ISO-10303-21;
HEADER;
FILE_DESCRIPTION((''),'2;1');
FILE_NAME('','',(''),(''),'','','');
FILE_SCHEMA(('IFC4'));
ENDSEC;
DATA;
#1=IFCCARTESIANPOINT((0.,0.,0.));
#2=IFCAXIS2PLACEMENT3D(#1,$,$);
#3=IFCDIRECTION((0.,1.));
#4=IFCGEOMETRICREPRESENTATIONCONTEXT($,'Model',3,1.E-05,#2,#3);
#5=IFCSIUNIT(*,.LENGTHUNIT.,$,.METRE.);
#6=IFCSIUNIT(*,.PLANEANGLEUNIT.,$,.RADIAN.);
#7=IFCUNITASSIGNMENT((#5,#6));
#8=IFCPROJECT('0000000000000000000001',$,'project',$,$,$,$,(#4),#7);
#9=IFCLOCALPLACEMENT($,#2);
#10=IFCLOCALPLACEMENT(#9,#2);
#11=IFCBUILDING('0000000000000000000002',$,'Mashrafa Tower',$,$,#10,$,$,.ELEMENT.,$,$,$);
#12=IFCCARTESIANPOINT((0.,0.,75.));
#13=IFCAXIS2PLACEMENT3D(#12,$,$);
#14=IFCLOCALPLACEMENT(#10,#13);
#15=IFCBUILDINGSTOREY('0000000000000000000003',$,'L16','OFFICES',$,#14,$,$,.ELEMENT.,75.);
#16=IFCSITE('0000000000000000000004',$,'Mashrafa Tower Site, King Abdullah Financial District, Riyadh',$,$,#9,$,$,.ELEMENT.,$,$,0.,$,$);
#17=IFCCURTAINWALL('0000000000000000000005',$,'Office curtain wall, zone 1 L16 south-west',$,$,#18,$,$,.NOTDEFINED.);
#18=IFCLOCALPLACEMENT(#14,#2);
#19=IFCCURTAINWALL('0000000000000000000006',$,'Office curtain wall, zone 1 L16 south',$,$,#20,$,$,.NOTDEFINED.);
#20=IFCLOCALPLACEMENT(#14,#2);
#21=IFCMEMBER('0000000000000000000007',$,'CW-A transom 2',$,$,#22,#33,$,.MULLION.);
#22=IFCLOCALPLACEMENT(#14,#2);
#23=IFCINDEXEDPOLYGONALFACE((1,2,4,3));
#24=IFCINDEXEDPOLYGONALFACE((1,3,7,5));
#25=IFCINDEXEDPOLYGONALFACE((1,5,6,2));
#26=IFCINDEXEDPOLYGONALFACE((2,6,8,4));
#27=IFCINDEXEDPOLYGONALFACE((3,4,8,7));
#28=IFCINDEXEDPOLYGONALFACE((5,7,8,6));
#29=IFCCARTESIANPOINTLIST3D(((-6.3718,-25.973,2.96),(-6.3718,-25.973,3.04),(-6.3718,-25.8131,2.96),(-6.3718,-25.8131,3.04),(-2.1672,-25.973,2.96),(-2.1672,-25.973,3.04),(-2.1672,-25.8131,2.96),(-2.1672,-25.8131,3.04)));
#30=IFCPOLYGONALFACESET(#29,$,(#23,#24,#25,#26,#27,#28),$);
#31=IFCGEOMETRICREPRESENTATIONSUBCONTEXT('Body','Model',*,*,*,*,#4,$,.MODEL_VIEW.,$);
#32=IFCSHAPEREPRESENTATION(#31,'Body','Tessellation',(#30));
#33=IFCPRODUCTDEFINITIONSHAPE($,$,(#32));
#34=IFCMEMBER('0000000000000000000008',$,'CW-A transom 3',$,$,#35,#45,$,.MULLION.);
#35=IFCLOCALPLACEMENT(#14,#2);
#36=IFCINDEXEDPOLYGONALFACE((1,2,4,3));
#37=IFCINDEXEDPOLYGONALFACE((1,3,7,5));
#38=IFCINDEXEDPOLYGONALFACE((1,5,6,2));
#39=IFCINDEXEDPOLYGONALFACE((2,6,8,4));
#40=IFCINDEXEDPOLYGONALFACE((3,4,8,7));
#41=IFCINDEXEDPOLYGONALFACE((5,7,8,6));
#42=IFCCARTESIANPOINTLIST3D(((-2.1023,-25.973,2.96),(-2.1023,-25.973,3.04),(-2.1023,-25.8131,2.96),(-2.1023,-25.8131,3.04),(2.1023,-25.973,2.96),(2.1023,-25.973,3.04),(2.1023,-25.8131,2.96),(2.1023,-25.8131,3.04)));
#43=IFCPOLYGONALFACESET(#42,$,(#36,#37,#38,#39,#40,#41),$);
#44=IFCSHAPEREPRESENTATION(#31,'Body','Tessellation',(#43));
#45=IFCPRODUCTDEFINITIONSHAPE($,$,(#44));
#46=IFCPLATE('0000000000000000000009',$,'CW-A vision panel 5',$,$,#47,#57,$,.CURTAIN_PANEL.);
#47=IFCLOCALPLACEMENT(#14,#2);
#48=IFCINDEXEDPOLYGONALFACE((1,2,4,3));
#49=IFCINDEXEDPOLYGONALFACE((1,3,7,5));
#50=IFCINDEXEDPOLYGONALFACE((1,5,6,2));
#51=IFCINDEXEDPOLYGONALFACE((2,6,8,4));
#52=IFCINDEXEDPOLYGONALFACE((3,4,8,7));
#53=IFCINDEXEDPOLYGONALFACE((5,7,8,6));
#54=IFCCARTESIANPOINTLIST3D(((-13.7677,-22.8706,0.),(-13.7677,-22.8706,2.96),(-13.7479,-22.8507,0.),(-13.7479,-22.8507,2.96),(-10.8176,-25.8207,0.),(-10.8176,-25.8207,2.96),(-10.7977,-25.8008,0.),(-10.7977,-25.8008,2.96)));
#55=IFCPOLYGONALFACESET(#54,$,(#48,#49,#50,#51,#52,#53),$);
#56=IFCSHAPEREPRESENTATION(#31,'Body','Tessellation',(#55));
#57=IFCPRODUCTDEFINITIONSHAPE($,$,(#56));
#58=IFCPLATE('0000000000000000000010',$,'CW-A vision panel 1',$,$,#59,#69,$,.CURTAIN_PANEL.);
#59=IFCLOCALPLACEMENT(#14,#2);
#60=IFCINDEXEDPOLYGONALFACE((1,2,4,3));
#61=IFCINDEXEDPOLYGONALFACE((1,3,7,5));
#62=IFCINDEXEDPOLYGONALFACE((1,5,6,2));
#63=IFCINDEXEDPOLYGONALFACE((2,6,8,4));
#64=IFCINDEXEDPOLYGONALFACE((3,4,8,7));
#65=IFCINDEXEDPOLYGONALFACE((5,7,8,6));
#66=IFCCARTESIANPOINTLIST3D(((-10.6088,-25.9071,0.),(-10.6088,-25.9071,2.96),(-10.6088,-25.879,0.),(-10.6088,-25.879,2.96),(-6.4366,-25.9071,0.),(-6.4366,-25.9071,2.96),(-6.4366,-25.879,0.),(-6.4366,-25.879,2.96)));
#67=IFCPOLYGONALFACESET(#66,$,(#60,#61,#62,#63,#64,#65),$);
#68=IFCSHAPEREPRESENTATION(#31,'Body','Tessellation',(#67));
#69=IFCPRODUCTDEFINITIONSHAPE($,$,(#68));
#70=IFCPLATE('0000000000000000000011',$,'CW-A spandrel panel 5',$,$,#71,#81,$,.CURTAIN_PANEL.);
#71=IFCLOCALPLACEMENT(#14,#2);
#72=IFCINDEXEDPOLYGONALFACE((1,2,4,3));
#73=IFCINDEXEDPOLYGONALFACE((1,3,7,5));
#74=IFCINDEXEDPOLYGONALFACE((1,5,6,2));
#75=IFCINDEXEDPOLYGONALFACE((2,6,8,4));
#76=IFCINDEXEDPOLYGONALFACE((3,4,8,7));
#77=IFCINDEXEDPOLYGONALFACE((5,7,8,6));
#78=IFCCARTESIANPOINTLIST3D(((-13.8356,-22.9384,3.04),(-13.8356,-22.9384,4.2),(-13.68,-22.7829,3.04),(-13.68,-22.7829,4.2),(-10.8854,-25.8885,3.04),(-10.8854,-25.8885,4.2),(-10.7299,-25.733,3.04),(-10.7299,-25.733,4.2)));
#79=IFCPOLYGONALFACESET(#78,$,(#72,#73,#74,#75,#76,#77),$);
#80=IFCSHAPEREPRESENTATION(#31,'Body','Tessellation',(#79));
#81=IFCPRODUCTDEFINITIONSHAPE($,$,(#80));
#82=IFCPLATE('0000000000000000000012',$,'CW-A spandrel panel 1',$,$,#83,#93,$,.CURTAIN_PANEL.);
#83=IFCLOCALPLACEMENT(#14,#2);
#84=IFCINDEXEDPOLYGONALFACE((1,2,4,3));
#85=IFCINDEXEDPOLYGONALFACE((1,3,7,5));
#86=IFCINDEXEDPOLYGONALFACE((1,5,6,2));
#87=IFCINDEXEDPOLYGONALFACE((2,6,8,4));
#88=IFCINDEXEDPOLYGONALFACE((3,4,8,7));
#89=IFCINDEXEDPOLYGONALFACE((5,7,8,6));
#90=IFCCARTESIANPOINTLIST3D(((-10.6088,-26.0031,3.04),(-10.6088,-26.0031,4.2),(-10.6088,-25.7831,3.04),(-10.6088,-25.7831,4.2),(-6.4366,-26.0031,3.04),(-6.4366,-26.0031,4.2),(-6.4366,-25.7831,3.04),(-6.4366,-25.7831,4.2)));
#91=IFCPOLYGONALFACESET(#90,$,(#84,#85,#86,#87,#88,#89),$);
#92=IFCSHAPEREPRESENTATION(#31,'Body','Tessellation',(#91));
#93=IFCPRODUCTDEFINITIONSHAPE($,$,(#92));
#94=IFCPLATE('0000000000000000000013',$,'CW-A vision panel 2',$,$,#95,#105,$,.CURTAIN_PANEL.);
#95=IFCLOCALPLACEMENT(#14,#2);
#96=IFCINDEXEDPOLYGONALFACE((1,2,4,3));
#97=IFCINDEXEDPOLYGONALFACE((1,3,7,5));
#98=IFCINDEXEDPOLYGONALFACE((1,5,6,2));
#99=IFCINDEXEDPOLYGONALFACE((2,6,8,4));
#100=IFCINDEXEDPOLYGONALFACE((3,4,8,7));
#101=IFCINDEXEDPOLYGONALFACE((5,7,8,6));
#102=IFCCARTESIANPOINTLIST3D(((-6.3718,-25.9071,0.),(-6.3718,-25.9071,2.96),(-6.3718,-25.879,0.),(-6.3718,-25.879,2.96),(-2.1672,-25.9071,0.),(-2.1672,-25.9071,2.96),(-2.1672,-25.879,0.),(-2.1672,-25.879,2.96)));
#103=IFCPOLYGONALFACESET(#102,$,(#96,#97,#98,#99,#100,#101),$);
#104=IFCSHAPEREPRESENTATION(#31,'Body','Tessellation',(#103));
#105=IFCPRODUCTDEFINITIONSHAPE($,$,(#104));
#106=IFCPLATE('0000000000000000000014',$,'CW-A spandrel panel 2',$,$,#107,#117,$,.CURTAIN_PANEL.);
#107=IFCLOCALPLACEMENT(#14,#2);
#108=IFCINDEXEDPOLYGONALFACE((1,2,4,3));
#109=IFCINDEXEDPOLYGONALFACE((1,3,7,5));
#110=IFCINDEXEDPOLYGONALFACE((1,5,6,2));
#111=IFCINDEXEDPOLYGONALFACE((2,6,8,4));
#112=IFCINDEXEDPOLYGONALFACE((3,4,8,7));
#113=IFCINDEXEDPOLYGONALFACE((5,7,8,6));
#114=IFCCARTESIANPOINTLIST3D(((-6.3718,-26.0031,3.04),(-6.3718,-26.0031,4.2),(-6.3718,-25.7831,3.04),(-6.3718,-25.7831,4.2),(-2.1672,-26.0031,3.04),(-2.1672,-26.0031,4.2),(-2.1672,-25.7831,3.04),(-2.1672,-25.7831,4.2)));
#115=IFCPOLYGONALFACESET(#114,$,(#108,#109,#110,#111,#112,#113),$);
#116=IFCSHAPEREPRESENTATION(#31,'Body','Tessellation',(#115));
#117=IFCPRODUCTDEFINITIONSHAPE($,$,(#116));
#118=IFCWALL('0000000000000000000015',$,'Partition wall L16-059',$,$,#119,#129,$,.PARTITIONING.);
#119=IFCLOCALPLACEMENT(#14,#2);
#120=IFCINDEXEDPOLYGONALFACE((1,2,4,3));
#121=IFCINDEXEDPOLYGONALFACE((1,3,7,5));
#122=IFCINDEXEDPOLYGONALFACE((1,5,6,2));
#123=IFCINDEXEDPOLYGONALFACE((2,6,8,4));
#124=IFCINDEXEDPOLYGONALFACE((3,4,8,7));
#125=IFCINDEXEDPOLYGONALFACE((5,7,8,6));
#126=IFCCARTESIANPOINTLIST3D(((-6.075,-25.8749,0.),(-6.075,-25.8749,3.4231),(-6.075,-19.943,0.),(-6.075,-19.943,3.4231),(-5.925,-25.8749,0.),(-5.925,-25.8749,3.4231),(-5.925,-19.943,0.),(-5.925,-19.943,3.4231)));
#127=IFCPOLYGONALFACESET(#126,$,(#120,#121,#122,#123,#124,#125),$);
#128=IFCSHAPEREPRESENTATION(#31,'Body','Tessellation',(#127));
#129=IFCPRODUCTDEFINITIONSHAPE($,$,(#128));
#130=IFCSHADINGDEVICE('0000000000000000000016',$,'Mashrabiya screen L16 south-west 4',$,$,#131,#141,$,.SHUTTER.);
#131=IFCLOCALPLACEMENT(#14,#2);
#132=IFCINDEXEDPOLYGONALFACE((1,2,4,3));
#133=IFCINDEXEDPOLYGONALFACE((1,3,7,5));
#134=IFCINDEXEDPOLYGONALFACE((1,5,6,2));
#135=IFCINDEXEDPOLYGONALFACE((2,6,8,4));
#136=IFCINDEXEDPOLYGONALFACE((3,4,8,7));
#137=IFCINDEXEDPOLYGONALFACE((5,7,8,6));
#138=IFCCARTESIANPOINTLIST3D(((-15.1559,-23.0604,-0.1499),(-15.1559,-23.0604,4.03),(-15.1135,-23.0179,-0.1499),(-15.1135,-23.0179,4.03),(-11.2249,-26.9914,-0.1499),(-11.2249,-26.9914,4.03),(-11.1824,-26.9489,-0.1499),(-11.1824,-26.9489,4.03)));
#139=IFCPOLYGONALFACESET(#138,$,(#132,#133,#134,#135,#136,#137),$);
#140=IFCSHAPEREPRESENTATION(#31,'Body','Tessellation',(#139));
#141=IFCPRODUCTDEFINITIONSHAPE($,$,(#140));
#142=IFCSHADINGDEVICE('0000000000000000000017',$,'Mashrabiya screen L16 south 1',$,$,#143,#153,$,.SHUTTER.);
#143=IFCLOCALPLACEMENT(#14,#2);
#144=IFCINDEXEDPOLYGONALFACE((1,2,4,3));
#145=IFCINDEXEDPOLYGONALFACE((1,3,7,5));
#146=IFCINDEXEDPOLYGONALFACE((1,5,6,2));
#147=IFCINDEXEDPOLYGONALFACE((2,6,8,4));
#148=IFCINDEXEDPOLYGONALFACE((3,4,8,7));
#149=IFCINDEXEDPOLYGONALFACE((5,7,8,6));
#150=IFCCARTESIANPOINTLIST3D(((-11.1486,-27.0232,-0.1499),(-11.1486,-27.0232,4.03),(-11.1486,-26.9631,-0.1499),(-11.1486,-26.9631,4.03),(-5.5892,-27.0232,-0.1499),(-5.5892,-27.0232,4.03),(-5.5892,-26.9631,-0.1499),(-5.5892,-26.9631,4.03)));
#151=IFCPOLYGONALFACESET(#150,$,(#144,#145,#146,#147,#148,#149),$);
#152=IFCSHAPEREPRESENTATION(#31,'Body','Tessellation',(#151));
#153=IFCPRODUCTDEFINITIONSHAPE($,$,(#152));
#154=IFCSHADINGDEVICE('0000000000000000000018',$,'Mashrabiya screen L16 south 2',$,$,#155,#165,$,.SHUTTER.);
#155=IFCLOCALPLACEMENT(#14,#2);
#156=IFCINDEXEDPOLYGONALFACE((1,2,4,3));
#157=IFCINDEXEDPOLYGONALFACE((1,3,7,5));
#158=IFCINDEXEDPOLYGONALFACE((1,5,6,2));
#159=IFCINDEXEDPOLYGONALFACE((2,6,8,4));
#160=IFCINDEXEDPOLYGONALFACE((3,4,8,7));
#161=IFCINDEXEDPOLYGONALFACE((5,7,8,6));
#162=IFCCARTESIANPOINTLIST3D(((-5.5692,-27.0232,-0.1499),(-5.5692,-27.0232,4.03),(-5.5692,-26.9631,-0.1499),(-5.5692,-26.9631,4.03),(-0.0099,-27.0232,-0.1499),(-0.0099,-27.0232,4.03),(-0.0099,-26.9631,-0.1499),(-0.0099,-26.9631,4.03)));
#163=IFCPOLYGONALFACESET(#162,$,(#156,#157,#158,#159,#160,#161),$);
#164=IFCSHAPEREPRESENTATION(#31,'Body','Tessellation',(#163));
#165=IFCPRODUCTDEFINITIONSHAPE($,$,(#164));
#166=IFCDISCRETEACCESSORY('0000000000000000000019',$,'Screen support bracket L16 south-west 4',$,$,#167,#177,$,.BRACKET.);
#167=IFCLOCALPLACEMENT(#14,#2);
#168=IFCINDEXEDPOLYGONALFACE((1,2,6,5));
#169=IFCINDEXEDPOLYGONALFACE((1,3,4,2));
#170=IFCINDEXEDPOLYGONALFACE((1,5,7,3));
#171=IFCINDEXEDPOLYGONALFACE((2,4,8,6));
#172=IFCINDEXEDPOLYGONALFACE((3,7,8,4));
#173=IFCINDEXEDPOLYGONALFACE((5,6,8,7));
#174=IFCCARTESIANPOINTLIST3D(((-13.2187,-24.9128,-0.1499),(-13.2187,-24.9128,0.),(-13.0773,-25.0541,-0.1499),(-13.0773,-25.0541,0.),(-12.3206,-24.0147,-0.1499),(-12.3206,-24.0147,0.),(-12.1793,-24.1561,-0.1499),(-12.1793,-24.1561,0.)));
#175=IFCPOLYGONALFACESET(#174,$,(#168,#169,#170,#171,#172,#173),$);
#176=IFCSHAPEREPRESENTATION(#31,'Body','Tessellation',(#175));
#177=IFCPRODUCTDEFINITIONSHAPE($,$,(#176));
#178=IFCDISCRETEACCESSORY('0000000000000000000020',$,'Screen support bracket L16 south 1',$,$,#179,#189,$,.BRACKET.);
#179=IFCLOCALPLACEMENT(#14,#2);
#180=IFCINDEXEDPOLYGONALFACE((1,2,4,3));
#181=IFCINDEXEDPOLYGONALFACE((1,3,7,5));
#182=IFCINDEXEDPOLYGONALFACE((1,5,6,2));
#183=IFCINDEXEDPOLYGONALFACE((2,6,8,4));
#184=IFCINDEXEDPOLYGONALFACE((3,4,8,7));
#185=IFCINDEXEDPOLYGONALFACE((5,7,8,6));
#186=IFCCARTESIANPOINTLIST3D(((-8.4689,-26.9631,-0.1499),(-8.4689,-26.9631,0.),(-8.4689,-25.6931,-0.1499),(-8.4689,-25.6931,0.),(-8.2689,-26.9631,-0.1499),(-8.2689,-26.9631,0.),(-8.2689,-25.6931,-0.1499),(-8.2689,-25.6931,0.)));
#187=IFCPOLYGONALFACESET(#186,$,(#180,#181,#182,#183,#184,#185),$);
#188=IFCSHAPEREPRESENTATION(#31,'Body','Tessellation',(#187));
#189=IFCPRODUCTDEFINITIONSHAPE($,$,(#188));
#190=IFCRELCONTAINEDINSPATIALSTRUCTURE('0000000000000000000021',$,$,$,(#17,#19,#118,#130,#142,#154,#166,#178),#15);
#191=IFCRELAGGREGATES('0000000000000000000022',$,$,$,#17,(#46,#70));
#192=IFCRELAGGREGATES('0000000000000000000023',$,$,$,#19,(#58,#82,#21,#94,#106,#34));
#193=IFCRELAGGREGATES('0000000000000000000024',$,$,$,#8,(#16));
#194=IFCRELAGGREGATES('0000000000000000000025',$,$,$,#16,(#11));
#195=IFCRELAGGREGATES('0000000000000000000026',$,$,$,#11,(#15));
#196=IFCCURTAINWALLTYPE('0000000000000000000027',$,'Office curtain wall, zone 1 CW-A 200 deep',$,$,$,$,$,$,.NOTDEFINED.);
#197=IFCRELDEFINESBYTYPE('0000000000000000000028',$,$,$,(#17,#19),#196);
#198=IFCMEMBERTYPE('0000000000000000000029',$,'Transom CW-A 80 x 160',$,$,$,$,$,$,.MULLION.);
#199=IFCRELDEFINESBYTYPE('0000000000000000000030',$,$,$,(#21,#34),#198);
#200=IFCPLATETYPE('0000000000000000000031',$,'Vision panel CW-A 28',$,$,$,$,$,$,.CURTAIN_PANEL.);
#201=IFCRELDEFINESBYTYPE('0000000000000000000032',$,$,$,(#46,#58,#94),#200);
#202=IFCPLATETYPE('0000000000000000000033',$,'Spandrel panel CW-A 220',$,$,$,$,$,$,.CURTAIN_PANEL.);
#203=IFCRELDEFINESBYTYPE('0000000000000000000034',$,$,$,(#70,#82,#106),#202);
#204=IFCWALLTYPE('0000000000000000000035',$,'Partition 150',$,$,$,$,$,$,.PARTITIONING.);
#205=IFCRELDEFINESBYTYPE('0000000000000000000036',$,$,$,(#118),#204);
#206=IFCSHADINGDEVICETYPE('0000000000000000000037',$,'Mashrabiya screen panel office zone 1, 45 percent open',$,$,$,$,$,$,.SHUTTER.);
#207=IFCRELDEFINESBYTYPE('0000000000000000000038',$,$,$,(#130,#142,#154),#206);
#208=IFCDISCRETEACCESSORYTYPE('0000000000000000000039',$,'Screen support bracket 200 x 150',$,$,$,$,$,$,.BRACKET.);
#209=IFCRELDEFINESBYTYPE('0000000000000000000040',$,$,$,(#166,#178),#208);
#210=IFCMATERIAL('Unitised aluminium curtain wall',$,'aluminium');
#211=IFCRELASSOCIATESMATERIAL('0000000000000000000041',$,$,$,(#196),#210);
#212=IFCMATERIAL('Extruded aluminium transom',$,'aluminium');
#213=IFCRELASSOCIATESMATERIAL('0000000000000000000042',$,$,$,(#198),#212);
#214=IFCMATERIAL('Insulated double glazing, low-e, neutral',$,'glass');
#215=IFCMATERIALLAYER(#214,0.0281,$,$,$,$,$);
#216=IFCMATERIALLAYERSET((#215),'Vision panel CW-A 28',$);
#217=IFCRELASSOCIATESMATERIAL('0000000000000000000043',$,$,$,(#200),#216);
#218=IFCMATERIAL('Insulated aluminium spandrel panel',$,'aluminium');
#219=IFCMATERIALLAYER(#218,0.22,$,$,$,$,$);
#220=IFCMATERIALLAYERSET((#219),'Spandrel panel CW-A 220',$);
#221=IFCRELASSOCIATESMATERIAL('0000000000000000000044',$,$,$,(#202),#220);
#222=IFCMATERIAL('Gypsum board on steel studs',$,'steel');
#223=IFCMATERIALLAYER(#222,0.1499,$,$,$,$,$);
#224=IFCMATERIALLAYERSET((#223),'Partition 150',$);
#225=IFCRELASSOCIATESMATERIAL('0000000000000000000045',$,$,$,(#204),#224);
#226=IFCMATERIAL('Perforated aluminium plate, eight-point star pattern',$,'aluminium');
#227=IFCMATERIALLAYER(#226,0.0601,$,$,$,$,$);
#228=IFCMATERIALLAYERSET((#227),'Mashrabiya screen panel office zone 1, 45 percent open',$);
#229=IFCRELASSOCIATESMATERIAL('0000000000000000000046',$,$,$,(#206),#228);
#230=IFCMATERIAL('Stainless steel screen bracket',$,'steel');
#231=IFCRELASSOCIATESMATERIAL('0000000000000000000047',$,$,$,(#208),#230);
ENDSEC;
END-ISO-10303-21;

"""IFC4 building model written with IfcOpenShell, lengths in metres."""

from ifc_helpers import new_model, si_unit, direction, frame, frame_2d, origin, origin_2d, place, context, subcontext, project, spatial, rectangle, extrude, source, transform, mapped, material, layer, layer_set, material_profile, profile_set, type_object, type_shapes, element, aggregate, save


model = new_model("IFC4")

# Units and contexts
model_context = context("Model", 3, precision=1e-05, world=origin(), true_north=direction((0.0, 1.0)))
body_context = subcontext(model_context, "Body", "Model", "MODEL_VIEW")
ifc_project = project(units=[si_unit("LENGTHUNIT", "METRE"), si_unit("PLANEANGLEUNIT", "RADIAN")], contexts=[model_context])

# Site, building, storey
site_placement = place(None, origin())
site = spatial("IfcSite", under=ifc_project, at=site_placement, Name="Mashrafa Tower Site, King Abdullah Financial District, Riyadh", CompositionType="ELEMENT", RefElevation=0.0)
building_placement = place(site_placement, origin())
building = spatial("IfcBuilding", under=site, at=building_placement, Name="Mashrafa Tower", CompositionType="ELEMENT")
storey_placement = place(building_placement, frame((0.0, 0.0, 75.0)))
storey = spatial("IfcBuildingStorey", under=building, at=storey_placement, Name="L16", Description="OFFICES", CompositionType="ELEMENT", Elevation=75.0)

# Curtain walls
ifc_material_1 = material(Name="Unitised aluminium curtain wall", Category="aluminium")
curtain_wall_type = type_object("IfcCurtainWallType", Name="Office curtain wall, zone 1 CW-A 200 deep", PredefinedType="NOTDEFINED", material=ifc_material_1)
curtain_wall_1_placement = place(storey_placement, origin())
curtain_wall_1 = element("IfcCurtainWall", 1, at=curtain_wall_1_placement, inside=storey, type_object=curtain_wall_type, Name="Office curtain wall, zone 1 L16 south-west", PredefinedType="NOTDEFINED")
curtain_wall_2_placement = place(storey_placement, origin())
curtain_wall_2 = element("IfcCurtainWall", 2, at=curtain_wall_2_placement, inside=storey, type_object=curtain_wall_type, Name="Office curtain wall, zone 1 L16 south", PredefinedType="NOTDEFINED")

# Members
ifc_material_2 = material(Name="Extruded aluminium transom", Category="aluminium")
ifc_material_profile_1 = material_profile(ifc_material_2, rectangle(XDim=0.1599, YDim=0.0801, at=origin_2d()), Name="Transom 80x160")
ifc_profile_set_1 = profile_set([ifc_material_profile_1], Name="Extruded aluminium transom")
member_type_1 = type_object("IfcMemberType", Name="Transom CW-A 80 x 160", PredefinedType="MULLION", material=ifc_profile_set_1)
shared_shape_1 = source(origin(), body_context, "Body", "SweptSolid", [
    extrude(rectangle(XDim=0.1599, YDim=0.0801, at=origin_2d()), origin(), (0.0, 0.0, 1.0), 4.2046),
])
member_1_placement = place(storey_placement, frame((-6.3718, -25.8931, 3.0), z_axis=(1.0, 0.0, 0.0), x_axis=(0.0, 1.0, 0.0)))
member_1 = element("IfcMember", 3, at=member_1_placement, type_object=member_type_1, Name="CW-A transom 2", PredefinedType="MULLION", context=body_context, shape_type="MappedRepresentation", body=[
    mapped(shared_shape_1, transform((0.0, 0.0, 0.0))),
])
member_2_placement = place(storey_placement, frame((-2.1023, -25.8931, 3.0), z_axis=(1.0, 0.0, 0.0), x_axis=(0.0, 1.0, 0.0)))
member_2 = element("IfcMember", 4, at=member_2_placement, type_object=member_type_1, Name="CW-A transom 3", PredefinedType="MULLION", context=body_context, shape_type="MappedRepresentation", body=[
    mapped(shared_shape_1, transform((0.0, 0.0, 0.0))),
])

# Plates
ifc_material_3 = material(Name="Insulated double glazing, low-e, neutral", Category="glass")
ifc_layer_1 = layer(ifc_material_3, 0.0281)
ifc_layer_set_1 = layer_set([ifc_layer_1], Name="Vision panel CW-A 28")
plate_type_1 = type_object("IfcPlateType", Name="Vision panel CW-A 28", PredefinedType="CURTAIN_PANEL", material=ifc_layer_set_1)
shared_shape_2 = source(origin(), body_context, "Body", "SweptSolid", [
    extrude(rectangle(XDim=4.1721, YDim=0.0281, at=origin_2d()), origin(), (0.0, 0.0, 1.0), 2.96),
])
plate_1_placement = place(storey_placement, frame((-12.2827, -24.3357, 0.0), z_axis=(0.0, 0.0, 1.0), x_axis=(0.707107, -0.707107, 0.0)))
plate_1 = element("IfcPlate", 5, at=plate_1_placement, type_object=plate_type_1, Name="CW-A vision panel 5", PredefinedType="CURTAIN_PANEL", context=body_context, shape_type="MappedRepresentation", body=[
    mapped(shared_shape_2, transform((0.0, 0.0, 0.0))),
])
plate_2_placement = place(storey_placement, frame((-8.5227, -25.8931, 0.0), z_axis=(0.0, 0.0, 1.0), x_axis=(1.0, 0.0, 0.0)))
plate_2 = element("IfcPlate", 6, at=plate_2_placement, type_object=plate_type_1, Name="CW-A vision panel 1", PredefinedType="CURTAIN_PANEL", context=body_context, shape_type="MappedRepresentation", body=[
    mapped(shared_shape_2, transform((0.0, 0.0, 0.0))),
])
ifc_material_4 = material(Name="Insulated aluminium spandrel panel", Category="aluminium")
ifc_layer_2 = layer(ifc_material_4, 0.22)
ifc_layer_set_2 = layer_set([ifc_layer_2], Name="Spandrel panel CW-A 220")
plate_type_2 = type_object("IfcPlateType", Name="Spandrel panel CW-A 220", PredefinedType="CURTAIN_PANEL", material=ifc_layer_set_2)
shared_shape_3 = source(origin(), body_context, "Body", "SweptSolid", [
    extrude(rectangle(XDim=4.1721, YDim=0.22, at=origin_2d()), origin(), (0.0, 0.0, 1.0), 1.1599),
])
plate_3_placement = place(storey_placement, frame((-12.2827, -24.3357, 3.04), z_axis=(0.0, 0.0, 1.0), x_axis=(0.707107, -0.707107, 0.0)))
plate_3 = element("IfcPlate", 7, at=plate_3_placement, type_object=plate_type_2, Name="CW-A spandrel panel 5", PredefinedType="CURTAIN_PANEL", context=body_context, shape_type="MappedRepresentation", body=[
    mapped(shared_shape_3, transform((0.0, 0.0, 0.0))),
])
aggregate(curtain_wall_1, [plate_1, plate_3])
plate_4_placement = place(storey_placement, frame((-8.5227, -25.8931, 3.04), z_axis=(0.0, 0.0, 1.0), x_axis=(1.0, 0.0, 0.0)))
plate_4 = element("IfcPlate", 8, at=plate_4_placement, type_object=plate_type_2, Name="CW-A spandrel panel 1", PredefinedType="CURTAIN_PANEL", context=body_context, shape_type="MappedRepresentation", body=[
    mapped(shared_shape_3, transform((0.0, 0.0, 0.0))),
])
shared_shape_4 = source(origin(), body_context, "Body", "SweptSolid", [
    extrude(rectangle(XDim=4.2046, YDim=0.0281, at=origin_2d()), origin(), (0.0, 0.0, 1.0), 2.96),
])
type_shapes(plate_type_1, [shared_shape_2, shared_shape_4])
plate_5_placement = place(storey_placement, frame((-4.2695, -25.8931, 0.0), z_axis=(0.0, 0.0, 1.0), x_axis=(1.0, 0.0, 0.0)))
plate_5 = element("IfcPlate", 9, at=plate_5_placement, type_object=plate_type_1, Name="CW-A vision panel 2", PredefinedType="CURTAIN_PANEL", context=body_context, shape_type="MappedRepresentation", body=[
    mapped(shared_shape_4, transform((0.0, 0.0, 0.0))),
])
shared_shape_5 = source(origin(), body_context, "Body", "SweptSolid", [
    extrude(rectangle(XDim=4.2046, YDim=0.22, at=origin_2d()), origin(), (0.0, 0.0, 1.0), 1.1599),
])
type_shapes(plate_type_2, [shared_shape_3, shared_shape_5])
plate_6_placement = place(storey_placement, frame((-4.2695, -25.8931, 3.04), z_axis=(0.0, 0.0, 1.0), x_axis=(1.0, 0.0, 0.0)))
plate_6 = element("IfcPlate", 10, at=plate_6_placement, type_object=plate_type_2, Name="CW-A spandrel panel 2", PredefinedType="CURTAIN_PANEL", context=body_context, shape_type="MappedRepresentation", body=[
    mapped(shared_shape_5, transform((0.0, 0.0, 0.0))),
])
aggregate(curtain_wall_2, [plate_2, plate_4, member_1, plate_5, plate_6, member_2])

# Wall
ifc_material_5 = material(Name="Gypsum board on steel studs", Category="steel")
ifc_layer_3 = layer(ifc_material_5, 0.1499)
ifc_layer_set_3 = layer_set([ifc_layer_3], Name="Partition 150")
wall_type = type_object("IfcWallType", Name="Partition 150", PredefinedType="PARTITIONING", material=ifc_layer_set_3)
wall_placement = place(storey_placement, frame((-6.0, -19.9431, 0.0), z_axis=(0.0, 0.0, 1.0), x_axis=(0.0, -1.0, 0.0)))
element("IfcWall", 11, at=wall_placement, inside=storey, type_object=wall_type, Name="Partition wall L16-059", PredefinedType="PARTITIONING", context=body_context, shape_type="SweptSolid", body=[
    extrude(rectangle(XDim=5.9319, YDim=0.1499, at=frame_2d((2.9658, 0.0))), origin(), (0.0, 0.0, 1.0), 3.4231),
])

# Shading devices
ifc_material_6 = material(Name="Perforated aluminium plate, eight-point star pattern", Category="aluminium")
ifc_layer_4 = layer(ifc_material_6, 0.0601)
ifc_layer_set_4 = layer_set([ifc_layer_4], Name="Mashrabiya screen panel office zone 1, 45 percent open")
shading_device_type = type_object("IfcShadingDeviceType", Name="Mashrabiya screen panel office zone 1, 45 percent open", PredefinedType="SHUTTER", material=ifc_layer_set_4)
shared_shape_6 = source(origin(), body_context, "Body", "SweptSolid", [
    extrude(rectangle(XDim=5.5593, YDim=0.0601, at=origin_2d()), origin(), (0.0, 0.0, 1.0), 4.1799),
])
type_shapes(shading_device_type, [shared_shape_6])
for number, where, z_axis, x_axis, name in (
    (12, (-13.1692, -25.0046, -0.1499), (0.0, 0.0, 1.0), (0.707107, -0.707107, 0.0), "Mashrabiya screen L16 south-west 4"),
    (13, (-8.3689, -26.9932, -0.1499), (0.0, 0.0, 1.0), (1.0, 0.0, 0.0), "Mashrabiya screen L16 south 1"),
    (14, (-2.7896, -26.9932, -0.1499), (0.0, 0.0, 1.0), (1.0, 0.0, 0.0), "Mashrabiya screen L16 south 2"),
):
    element("IfcShadingDevice", number, at=place(storey_placement, frame(where, z_axis=z_axis, x_axis=x_axis)), inside=storey, type_object=shading_device_type, Name=name, PredefinedType="SHUTTER", context=body_context, shape_type="MappedRepresentation", body=[
        mapped(shared_shape_6, transform((0.0, 0.0, 0.0))),
    ])

# Discrete accessories
ifc_material_7 = material(Name="Stainless steel screen bracket", Category="steel")
discrete_accessory_type = type_object("IfcDiscreteAccessoryType", Name="Screen support bracket 200 x 150", PredefinedType="BRACKET", material=ifc_material_7)
shared_shape_7 = source(origin(), body_context, "Body", "SweptSolid", [
    extrude(rectangle(XDim=0.2, YDim=1.27, at=origin_2d()), origin(), (0.0, 0.0, 1.0), 0.1499),
])
type_shapes(discrete_accessory_type, [shared_shape_7])
for number, where, z_axis, x_axis, name in (
    (15, (-12.699, -24.5344, -0.1499), (0.0, 0.0, 1.0), (0.707107, -0.707107, 0.0), "Screen support bracket L16 south-west 4"),
    (16, (-8.3689, -26.3281, -0.1499), (0.0, 0.0, 1.0), (1.0, 0.0, 0.0), "Screen support bracket L16 south 1"),
):
    element("IfcDiscreteAccessory", number, at=place(storey_placement, frame(where, z_axis=z_axis, x_axis=x_axis)), inside=storey, type_object=discrete_accessory_type, Name=name, PredefinedType="BRACKET", context=body_context, shape_type="MappedRepresentation", body=[
        mapped(shared_shape_7, transform((0.0, 0.0, 0.0))),
    ])

save(model, "model.ifc")
